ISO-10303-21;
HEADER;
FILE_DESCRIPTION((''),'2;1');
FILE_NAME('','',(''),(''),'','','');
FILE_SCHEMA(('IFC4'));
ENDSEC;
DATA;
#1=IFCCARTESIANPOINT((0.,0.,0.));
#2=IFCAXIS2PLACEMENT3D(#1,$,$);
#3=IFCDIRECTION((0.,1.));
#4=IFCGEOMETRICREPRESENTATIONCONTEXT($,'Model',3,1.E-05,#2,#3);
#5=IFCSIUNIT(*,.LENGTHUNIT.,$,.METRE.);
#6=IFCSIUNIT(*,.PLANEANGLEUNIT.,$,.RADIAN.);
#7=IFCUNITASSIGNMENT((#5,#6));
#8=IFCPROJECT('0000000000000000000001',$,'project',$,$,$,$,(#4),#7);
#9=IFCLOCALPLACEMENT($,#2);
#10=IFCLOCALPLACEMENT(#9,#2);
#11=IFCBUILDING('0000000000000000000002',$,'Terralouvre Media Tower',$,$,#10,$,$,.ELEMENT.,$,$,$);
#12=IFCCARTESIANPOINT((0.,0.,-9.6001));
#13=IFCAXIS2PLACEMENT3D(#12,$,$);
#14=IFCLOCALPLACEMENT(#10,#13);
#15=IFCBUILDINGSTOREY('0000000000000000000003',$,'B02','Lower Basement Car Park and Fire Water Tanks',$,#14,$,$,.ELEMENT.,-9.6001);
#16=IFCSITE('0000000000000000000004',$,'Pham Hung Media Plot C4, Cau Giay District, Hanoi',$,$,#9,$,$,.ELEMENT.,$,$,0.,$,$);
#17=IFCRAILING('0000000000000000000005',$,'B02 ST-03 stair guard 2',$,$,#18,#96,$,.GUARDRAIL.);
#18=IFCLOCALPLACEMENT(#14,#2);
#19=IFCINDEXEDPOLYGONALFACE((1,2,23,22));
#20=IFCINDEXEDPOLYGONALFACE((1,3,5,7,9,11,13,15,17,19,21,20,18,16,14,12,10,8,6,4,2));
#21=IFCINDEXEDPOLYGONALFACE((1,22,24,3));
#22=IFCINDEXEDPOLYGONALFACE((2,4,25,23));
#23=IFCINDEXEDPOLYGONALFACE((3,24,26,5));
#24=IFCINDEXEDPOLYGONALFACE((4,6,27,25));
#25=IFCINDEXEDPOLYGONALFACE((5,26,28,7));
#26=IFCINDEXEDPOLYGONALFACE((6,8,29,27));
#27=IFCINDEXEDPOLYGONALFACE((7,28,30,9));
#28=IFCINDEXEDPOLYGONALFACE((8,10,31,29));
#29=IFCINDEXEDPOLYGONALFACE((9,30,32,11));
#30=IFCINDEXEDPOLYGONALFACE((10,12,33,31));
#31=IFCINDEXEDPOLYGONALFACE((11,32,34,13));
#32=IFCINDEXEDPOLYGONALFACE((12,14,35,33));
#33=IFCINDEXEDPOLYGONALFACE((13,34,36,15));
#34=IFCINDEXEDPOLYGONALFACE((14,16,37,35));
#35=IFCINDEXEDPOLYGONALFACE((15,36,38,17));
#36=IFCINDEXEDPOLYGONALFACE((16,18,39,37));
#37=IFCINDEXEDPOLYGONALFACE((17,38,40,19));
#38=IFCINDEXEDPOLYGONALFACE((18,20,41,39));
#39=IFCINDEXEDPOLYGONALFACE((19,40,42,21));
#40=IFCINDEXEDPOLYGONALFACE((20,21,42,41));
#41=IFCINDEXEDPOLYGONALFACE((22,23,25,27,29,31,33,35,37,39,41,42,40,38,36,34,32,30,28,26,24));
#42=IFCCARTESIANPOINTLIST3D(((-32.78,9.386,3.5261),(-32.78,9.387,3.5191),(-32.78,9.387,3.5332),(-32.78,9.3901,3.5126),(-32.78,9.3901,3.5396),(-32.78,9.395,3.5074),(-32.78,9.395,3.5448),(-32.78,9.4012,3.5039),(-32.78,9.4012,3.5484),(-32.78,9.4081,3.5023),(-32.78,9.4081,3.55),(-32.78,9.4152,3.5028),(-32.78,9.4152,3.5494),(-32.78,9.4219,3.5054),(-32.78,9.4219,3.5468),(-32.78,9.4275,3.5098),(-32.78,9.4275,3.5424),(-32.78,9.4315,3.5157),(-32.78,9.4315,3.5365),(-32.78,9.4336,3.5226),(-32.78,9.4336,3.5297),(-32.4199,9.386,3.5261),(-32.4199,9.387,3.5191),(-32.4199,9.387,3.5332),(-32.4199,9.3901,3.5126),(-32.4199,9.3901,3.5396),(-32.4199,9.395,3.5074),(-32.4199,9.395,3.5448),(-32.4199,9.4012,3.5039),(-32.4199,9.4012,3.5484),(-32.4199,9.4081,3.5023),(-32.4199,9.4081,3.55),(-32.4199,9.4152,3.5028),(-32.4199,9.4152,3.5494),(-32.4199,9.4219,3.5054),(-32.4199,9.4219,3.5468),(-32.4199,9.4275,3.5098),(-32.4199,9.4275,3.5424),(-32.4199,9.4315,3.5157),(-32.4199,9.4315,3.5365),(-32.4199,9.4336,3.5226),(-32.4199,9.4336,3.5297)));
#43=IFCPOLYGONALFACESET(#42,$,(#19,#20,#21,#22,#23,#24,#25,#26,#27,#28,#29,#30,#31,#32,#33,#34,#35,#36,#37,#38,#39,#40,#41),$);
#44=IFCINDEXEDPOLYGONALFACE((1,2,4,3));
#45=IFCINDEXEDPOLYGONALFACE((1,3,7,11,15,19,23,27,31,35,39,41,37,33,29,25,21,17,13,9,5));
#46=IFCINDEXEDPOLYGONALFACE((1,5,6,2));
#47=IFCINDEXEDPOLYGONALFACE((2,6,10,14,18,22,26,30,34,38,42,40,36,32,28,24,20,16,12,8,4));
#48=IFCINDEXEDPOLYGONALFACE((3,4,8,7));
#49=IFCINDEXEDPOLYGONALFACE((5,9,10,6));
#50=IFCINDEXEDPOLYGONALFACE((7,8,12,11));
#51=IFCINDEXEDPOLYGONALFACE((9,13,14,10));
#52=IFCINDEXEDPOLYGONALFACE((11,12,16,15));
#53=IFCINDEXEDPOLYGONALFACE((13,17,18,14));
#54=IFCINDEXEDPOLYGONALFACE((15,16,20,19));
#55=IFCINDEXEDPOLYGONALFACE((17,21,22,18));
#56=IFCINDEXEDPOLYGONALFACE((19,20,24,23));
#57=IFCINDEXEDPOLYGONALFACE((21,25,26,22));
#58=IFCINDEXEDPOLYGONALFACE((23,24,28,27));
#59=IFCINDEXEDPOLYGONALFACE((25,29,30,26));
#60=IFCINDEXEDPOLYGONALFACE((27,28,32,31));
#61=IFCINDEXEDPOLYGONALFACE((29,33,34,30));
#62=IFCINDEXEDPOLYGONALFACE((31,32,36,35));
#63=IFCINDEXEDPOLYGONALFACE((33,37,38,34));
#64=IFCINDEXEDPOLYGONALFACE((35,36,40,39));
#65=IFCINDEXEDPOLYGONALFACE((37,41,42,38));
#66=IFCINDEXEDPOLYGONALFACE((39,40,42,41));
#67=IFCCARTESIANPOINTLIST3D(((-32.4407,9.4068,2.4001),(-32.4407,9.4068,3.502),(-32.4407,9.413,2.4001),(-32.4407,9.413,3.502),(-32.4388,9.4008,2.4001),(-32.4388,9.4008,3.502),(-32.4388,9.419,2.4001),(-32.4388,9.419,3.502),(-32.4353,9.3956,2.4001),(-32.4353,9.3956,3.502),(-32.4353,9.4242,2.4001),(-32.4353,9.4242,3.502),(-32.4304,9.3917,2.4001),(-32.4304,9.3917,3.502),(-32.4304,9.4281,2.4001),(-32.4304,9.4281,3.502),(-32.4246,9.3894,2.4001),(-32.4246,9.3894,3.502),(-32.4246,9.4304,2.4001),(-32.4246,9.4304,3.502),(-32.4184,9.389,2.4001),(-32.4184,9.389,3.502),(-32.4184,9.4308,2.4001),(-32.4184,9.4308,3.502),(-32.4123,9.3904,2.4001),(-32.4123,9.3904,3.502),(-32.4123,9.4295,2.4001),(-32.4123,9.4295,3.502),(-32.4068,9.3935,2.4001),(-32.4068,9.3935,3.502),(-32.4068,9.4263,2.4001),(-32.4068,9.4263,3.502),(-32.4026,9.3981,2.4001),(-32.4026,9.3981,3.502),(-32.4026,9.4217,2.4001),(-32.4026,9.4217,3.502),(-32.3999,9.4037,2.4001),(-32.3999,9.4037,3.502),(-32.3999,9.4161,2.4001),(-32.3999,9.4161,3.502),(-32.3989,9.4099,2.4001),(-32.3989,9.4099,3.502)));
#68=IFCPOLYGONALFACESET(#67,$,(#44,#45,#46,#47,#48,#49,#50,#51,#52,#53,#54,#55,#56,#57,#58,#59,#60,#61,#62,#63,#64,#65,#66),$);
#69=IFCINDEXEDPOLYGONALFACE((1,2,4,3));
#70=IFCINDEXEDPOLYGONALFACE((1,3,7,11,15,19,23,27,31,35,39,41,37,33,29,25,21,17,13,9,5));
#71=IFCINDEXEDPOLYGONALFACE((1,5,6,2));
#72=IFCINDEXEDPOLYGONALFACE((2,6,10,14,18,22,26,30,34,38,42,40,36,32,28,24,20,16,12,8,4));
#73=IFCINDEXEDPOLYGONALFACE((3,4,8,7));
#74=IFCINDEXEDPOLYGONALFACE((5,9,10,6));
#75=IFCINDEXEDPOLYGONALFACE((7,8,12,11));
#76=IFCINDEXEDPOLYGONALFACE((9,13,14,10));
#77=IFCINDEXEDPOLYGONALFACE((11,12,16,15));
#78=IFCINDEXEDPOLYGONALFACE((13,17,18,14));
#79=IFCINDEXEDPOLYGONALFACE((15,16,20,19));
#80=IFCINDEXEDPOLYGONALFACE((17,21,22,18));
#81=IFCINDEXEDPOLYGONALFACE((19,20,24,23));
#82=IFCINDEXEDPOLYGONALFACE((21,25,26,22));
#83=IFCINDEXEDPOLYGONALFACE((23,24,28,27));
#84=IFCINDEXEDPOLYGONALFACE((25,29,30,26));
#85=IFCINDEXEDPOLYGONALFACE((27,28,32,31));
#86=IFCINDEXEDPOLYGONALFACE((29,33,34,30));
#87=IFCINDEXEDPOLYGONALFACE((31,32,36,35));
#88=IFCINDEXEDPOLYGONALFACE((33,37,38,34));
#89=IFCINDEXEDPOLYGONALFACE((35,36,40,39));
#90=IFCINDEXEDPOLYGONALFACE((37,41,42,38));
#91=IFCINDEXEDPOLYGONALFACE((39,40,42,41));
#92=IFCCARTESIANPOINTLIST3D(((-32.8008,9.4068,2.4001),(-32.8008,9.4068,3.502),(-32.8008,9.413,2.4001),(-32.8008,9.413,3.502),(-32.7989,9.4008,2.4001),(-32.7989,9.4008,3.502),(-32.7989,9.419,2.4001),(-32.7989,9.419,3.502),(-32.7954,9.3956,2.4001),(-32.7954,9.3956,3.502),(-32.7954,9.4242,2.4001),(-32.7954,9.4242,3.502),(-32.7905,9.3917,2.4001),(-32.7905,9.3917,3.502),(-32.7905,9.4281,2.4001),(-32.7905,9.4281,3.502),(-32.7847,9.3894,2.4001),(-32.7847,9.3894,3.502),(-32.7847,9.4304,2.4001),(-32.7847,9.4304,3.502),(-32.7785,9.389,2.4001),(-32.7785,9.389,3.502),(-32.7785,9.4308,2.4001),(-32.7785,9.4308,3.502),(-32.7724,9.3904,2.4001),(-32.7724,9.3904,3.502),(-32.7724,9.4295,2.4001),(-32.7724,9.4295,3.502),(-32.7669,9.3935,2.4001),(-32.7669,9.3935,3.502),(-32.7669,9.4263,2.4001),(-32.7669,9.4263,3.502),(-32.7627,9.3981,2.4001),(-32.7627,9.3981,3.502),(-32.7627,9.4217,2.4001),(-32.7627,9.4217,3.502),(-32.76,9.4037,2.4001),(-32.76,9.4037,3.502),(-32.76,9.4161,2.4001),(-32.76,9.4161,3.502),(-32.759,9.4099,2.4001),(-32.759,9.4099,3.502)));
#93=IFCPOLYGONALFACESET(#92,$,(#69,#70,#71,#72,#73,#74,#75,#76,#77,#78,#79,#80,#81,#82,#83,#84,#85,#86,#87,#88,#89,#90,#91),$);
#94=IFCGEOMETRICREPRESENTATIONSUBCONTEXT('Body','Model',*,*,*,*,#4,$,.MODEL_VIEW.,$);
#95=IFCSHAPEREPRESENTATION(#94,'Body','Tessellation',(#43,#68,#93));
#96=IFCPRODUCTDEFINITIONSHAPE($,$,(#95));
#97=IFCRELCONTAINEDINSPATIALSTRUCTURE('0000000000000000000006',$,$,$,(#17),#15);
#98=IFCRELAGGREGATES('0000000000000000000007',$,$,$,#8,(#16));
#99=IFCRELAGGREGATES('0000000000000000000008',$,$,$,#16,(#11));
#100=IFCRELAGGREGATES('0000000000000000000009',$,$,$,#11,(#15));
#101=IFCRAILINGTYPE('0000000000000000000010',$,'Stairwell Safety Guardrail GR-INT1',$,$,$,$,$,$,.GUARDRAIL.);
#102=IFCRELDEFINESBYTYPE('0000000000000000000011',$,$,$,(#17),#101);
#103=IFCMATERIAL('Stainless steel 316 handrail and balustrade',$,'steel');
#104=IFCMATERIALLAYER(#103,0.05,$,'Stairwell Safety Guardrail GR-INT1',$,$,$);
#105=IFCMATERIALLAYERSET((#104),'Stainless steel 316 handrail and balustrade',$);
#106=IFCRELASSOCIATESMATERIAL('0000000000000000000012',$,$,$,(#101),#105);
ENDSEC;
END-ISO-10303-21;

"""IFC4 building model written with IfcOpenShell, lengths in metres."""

from ifc_helpers import new_model, si_unit, direction, frame, origin, origin_2d, place, context, subcontext, project, spatial, circle, extrude, material, layer, layer_set, type_object, element, save


model = new_model("IFC4")

# Units and contexts
model_context = context("Model", 3, precision=1e-05, world=origin(), true_north=direction((0.0, 1.0)))
body_context = subcontext(model_context, "Body", "Model", "MODEL_VIEW")
ifc_project = project(units=[si_unit("LENGTHUNIT", "METRE"), si_unit("PLANEANGLEUNIT", "RADIAN")], contexts=[model_context])

# Site, building, storey
site_placement = place(None, origin())
site = spatial("IfcSite", under=ifc_project, at=site_placement, Name="Pham Hung Media Plot C4, Cau Giay District, Hanoi", CompositionType="ELEMENT", RefElevation=0.0)
building_placement = place(site_placement, origin())
building = spatial("IfcBuilding", under=site, at=building_placement, Name="Terralouvre Media Tower", CompositionType="ELEMENT")
storey_placement = place(building_placement, frame((0.0, 0.0, -9.6001)))
storey = spatial("IfcBuildingStorey", under=building, at=storey_placement, Name="B02", Description="Lower Basement Car Park and Fire Water Tanks", CompositionType="ELEMENT", Elevation=-9.6001)

# Railing
ifc_material_1 = material(Name="Stainless steel 316 handrail and balustrade", Category="steel")
ifc_layer_1 = layer(ifc_material_1, 0.05, Name="Stairwell Safety Guardrail GR-INT1")
ifc_layer_set_1 = layer_set([ifc_layer_1], Name="Stainless steel 316 handrail and balustrade")
railing_type_1 = type_object("IfcRailingType", Name="Stairwell Safety Guardrail GR-INT1", PredefinedType="GUARDRAIL", material=ifc_layer_set_1)
railing_1_placement = place(storey_placement, frame((-32.4199, 9.4099, 2.4001)))
element("IfcRailing", 1, at=railing_1_placement, inside=storey, type_object=railing_type_1, Name="B02 ST-03 stair guard 2", PredefinedType="GUARDRAIL", context=body_context, shape_type="SweptSolid", body=[
    extrude(circle(Radius=0.0239, at=origin_2d()), frame((0.0, 0.0, 1.126), z_axis=(-1.0, 0.0, 0.0), x_axis=(0.0, -1.0, 0.0)), (0.0, 0.0, 1.0), 0.3601),
    extrude(circle(Radius=0.021, at=origin_2d()), origin(), (0.0, 0.0, 1.0), 1.1018),
    extrude(circle(Radius=0.021, at=origin_2d()), frame((-0.3601, 0.0, 0.0)), (0.0, 0.0, 1.0), 1.1018),
])

save(model, "model.ifc")
